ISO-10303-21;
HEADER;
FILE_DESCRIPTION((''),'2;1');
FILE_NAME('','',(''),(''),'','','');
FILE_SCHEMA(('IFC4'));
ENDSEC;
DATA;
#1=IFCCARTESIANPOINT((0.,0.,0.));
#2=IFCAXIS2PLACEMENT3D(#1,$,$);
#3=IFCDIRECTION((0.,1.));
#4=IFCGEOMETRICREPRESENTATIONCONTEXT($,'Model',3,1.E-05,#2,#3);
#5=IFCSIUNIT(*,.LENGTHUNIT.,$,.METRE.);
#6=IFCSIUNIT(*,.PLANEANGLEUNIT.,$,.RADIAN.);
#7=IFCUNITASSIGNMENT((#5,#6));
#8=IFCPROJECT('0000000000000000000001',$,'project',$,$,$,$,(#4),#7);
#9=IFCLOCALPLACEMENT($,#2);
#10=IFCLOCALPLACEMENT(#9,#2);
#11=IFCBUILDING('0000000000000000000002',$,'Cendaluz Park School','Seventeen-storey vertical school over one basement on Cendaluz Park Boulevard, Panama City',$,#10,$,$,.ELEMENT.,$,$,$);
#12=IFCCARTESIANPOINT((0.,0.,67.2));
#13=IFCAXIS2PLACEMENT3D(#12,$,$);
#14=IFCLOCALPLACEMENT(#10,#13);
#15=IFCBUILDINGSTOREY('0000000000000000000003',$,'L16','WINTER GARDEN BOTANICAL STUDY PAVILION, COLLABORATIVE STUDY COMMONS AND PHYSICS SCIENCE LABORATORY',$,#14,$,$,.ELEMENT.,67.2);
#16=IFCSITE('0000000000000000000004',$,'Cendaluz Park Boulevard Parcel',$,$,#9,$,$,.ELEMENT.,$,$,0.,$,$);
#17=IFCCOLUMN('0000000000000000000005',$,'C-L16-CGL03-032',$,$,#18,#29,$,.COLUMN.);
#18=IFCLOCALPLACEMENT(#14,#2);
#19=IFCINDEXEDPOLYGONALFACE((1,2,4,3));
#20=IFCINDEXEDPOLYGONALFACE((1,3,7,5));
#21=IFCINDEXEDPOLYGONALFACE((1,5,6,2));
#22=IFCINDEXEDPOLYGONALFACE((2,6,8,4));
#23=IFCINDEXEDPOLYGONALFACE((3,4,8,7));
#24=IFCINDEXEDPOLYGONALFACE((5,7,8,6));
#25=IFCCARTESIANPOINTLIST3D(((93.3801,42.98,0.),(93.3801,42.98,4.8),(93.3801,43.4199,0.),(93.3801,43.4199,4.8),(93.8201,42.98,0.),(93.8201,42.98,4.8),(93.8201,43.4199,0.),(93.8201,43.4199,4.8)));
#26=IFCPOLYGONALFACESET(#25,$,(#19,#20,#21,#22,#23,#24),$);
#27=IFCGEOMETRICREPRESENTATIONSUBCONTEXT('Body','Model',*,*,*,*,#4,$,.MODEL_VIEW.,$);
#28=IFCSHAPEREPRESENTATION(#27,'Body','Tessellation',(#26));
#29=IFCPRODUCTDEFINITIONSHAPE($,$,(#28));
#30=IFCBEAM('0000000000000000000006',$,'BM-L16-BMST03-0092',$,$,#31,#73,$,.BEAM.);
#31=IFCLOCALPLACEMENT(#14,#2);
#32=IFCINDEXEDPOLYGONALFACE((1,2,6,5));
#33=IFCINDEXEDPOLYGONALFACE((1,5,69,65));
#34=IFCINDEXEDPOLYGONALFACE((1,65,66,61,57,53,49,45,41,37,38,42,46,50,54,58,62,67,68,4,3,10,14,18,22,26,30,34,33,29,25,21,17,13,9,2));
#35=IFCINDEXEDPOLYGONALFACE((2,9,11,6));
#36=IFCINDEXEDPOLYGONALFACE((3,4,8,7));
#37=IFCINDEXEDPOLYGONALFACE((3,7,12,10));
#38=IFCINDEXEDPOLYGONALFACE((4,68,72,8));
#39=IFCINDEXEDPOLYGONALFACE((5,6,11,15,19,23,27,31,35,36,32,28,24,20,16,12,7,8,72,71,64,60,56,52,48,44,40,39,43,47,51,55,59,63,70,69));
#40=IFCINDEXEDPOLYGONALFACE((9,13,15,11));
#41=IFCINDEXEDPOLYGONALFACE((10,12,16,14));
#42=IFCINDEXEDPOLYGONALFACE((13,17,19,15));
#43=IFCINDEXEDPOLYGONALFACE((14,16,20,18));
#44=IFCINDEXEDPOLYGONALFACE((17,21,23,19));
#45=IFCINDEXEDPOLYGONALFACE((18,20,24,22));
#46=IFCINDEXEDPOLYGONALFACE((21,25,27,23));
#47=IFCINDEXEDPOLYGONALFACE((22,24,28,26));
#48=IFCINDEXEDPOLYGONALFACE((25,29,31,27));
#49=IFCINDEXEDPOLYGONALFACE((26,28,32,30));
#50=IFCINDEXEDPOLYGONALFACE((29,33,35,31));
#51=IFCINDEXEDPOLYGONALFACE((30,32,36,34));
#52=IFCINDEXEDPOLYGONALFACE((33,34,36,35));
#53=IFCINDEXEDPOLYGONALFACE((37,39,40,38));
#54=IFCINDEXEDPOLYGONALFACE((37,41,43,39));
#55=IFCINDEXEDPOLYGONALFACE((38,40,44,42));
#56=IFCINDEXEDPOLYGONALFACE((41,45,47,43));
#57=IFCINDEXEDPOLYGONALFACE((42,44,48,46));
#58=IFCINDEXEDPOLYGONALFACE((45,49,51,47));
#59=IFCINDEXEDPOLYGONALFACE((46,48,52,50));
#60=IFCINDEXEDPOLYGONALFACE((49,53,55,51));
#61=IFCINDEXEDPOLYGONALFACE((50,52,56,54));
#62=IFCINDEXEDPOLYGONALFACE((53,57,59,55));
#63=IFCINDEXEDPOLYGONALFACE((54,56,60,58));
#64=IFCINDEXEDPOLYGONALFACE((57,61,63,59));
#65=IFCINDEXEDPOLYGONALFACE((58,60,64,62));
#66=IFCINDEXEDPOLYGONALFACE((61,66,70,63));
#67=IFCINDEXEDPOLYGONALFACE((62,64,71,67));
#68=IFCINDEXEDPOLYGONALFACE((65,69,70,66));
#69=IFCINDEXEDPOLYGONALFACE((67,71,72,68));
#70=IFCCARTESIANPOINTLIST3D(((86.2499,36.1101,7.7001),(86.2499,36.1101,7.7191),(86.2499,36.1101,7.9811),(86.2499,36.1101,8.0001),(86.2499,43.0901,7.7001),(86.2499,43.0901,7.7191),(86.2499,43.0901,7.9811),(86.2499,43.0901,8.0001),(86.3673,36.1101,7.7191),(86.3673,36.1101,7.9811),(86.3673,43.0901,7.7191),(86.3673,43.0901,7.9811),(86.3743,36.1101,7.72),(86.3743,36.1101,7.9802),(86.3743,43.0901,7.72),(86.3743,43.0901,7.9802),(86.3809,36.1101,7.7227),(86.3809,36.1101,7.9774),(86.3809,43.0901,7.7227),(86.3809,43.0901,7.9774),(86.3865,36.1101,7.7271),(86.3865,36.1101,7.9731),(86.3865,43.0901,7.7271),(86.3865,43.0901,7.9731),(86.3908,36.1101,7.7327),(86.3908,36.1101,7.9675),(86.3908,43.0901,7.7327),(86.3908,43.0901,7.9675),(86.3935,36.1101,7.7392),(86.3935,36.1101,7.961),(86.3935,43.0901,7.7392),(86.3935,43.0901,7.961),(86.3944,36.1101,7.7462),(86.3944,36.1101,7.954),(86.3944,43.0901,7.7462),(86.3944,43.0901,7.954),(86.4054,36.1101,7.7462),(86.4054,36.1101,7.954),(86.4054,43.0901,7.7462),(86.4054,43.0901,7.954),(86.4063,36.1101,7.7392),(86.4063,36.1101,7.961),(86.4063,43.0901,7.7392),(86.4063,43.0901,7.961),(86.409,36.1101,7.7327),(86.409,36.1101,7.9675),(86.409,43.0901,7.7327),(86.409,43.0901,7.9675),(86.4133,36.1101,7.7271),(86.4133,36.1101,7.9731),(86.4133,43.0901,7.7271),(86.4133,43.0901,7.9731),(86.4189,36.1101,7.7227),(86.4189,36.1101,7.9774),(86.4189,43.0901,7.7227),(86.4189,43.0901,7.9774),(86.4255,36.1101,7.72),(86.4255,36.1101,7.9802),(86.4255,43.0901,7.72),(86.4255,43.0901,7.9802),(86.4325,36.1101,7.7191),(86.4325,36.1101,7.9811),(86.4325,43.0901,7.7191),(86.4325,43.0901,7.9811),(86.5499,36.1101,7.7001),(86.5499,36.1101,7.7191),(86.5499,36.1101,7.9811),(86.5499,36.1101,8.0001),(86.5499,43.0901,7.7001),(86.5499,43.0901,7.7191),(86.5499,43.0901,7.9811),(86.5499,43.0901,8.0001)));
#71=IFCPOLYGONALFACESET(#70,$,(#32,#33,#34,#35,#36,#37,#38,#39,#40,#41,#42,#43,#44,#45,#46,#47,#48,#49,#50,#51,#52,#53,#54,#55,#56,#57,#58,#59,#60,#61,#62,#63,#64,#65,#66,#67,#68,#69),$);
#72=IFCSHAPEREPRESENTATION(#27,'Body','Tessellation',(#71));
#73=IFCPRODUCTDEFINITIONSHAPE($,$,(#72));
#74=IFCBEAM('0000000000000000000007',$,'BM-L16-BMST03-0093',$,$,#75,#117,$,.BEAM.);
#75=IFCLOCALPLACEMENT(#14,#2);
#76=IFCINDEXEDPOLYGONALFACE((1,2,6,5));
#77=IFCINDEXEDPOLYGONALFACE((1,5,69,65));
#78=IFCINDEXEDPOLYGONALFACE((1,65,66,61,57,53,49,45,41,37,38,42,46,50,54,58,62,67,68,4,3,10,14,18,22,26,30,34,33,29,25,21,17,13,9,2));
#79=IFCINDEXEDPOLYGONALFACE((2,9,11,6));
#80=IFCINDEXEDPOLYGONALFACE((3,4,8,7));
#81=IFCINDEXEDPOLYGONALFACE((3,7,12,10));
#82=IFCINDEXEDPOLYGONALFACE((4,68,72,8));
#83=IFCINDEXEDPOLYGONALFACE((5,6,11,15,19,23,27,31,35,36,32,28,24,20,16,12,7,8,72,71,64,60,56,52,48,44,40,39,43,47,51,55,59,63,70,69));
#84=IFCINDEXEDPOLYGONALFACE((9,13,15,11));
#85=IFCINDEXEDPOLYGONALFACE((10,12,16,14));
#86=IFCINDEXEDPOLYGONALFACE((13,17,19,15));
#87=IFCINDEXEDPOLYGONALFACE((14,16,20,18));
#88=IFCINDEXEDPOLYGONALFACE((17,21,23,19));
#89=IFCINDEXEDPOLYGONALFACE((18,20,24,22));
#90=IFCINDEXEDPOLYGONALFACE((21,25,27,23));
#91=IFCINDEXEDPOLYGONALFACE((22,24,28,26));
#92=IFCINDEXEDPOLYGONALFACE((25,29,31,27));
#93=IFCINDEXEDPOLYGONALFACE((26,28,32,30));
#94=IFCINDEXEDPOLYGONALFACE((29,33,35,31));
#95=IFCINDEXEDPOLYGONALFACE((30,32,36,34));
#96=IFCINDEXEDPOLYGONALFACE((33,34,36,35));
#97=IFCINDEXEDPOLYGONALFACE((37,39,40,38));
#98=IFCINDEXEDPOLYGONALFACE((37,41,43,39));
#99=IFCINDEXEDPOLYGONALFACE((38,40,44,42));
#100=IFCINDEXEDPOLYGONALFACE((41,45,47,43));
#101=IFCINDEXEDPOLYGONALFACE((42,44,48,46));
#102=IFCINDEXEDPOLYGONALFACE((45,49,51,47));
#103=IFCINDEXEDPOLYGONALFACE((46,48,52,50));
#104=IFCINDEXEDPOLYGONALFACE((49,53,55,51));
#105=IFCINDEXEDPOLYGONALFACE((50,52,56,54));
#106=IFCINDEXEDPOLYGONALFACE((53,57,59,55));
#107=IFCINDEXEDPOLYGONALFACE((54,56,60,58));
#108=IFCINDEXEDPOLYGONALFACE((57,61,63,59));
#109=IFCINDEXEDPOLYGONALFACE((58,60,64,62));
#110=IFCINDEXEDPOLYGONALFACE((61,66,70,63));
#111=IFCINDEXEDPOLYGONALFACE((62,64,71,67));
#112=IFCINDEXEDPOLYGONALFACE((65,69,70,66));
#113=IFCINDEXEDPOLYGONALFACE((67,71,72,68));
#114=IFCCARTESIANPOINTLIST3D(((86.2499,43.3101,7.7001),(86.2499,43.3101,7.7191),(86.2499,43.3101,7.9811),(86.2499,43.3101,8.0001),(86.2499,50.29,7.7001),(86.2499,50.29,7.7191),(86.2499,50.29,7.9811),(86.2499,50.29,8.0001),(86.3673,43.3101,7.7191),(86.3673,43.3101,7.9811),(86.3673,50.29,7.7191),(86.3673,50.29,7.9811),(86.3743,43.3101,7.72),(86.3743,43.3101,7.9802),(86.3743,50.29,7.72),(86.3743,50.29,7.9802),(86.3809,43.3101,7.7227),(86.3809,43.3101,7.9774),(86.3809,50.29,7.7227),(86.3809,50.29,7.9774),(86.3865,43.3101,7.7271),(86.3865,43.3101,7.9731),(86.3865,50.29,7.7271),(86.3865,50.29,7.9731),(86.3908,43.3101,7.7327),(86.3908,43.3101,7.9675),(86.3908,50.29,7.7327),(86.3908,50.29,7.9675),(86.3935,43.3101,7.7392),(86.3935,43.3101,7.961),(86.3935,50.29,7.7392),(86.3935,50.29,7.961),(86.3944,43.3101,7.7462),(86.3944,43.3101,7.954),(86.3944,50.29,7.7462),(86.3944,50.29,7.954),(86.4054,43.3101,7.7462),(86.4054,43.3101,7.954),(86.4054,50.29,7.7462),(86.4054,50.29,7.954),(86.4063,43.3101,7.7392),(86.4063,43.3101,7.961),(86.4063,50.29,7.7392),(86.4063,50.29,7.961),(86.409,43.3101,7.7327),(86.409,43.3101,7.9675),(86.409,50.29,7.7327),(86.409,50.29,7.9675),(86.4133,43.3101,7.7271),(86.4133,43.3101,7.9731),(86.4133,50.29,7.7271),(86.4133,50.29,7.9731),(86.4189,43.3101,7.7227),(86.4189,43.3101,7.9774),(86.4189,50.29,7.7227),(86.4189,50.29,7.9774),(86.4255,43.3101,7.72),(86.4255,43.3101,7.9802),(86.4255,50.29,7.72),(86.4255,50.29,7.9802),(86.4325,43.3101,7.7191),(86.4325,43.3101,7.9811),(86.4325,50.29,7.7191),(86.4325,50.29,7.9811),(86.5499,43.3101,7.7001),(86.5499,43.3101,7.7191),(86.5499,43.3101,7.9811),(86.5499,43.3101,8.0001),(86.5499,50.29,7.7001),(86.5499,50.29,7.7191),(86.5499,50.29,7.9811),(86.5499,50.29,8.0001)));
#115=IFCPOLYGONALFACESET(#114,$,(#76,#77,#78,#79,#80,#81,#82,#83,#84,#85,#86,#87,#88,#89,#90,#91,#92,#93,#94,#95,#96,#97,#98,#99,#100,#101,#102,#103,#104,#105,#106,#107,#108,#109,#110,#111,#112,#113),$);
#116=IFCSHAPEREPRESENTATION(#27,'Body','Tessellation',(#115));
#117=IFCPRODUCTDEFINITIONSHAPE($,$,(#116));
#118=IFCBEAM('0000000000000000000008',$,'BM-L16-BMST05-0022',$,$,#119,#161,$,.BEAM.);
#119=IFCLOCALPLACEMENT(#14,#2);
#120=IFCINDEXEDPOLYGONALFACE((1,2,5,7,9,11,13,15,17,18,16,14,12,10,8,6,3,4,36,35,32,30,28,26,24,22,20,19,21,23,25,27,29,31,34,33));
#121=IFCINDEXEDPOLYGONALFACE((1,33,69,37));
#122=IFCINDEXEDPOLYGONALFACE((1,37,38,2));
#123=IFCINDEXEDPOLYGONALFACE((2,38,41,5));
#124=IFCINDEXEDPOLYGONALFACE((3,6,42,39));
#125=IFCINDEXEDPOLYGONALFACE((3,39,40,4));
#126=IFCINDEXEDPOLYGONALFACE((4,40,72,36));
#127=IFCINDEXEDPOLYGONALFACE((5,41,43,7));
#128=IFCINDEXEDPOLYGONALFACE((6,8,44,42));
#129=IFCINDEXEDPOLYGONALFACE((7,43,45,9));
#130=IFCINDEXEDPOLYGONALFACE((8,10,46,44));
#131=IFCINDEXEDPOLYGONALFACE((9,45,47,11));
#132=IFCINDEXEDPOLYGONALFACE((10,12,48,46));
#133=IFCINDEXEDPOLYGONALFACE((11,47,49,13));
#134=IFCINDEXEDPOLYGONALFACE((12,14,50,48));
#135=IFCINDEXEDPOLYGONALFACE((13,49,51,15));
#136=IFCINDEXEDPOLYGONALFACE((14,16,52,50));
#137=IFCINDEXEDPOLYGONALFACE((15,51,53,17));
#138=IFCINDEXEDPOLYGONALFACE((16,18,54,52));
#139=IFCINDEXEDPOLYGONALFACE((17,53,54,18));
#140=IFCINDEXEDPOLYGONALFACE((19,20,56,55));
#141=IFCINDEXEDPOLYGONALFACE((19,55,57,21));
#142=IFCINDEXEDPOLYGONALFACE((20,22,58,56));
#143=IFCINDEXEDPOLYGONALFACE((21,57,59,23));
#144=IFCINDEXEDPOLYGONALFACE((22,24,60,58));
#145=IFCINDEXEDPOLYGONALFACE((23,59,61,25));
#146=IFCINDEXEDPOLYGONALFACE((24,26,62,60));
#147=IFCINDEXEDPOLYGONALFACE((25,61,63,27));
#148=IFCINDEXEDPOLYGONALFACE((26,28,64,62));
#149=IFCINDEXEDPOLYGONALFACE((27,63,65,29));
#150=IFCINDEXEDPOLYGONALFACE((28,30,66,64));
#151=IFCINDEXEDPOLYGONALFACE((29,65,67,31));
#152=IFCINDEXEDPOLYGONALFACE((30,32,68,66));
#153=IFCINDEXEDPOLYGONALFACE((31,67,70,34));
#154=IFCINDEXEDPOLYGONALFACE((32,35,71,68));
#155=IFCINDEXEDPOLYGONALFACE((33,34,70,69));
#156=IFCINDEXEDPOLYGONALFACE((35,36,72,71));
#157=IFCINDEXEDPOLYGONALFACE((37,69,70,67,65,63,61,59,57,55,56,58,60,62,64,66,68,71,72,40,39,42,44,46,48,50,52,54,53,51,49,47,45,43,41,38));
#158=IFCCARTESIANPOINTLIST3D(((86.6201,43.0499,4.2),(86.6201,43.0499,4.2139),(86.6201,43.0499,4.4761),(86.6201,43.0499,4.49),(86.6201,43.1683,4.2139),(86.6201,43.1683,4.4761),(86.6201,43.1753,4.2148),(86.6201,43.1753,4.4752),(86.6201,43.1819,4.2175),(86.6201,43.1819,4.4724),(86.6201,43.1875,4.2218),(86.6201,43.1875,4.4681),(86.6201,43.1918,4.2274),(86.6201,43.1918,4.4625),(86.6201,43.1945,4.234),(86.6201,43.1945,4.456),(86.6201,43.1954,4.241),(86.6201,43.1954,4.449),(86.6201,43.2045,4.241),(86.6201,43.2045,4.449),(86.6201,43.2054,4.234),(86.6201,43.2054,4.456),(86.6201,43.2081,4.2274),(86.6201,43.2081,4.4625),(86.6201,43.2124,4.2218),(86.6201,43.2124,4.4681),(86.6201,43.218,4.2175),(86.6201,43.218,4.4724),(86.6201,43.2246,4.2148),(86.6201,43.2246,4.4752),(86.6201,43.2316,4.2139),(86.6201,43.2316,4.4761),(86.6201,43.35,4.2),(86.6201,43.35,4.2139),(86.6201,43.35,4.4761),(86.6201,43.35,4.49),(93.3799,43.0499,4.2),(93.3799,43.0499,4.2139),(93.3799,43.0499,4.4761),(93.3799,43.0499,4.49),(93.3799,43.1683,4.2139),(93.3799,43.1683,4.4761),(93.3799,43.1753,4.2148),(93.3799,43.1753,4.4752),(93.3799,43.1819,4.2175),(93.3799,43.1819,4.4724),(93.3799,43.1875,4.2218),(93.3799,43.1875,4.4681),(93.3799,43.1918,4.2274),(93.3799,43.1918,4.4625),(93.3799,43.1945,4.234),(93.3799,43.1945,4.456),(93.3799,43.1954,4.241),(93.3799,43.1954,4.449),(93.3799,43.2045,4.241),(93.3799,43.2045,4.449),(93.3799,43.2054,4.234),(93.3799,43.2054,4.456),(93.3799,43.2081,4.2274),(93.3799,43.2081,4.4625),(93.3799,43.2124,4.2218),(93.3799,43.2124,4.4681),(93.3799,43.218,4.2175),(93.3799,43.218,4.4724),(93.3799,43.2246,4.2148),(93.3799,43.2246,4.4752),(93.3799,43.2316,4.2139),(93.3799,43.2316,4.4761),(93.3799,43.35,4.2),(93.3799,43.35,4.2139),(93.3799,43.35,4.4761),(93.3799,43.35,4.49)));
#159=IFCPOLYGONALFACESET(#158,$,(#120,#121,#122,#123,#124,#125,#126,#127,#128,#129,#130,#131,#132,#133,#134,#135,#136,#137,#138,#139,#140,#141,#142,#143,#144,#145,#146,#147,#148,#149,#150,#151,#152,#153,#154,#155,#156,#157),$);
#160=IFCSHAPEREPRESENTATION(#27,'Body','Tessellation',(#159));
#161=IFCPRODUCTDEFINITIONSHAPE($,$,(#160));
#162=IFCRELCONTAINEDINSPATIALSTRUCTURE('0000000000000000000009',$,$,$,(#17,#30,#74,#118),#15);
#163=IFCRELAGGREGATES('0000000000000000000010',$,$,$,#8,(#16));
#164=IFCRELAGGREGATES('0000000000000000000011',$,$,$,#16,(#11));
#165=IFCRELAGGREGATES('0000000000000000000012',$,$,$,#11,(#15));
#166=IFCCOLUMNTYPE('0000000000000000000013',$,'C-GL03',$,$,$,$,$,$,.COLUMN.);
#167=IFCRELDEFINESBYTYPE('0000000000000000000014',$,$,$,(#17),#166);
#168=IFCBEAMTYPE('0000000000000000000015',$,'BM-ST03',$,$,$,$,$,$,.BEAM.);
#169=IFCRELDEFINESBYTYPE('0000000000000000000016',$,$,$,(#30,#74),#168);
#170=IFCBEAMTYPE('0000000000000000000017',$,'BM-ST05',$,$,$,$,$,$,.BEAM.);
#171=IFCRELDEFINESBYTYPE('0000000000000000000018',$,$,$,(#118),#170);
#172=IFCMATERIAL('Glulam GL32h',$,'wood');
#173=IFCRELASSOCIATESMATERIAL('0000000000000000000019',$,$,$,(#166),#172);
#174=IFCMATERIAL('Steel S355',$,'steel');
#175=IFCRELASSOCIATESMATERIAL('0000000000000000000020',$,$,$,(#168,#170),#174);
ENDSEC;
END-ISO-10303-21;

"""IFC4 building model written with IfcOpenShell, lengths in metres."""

from ifc_helpers import new_model, si_unit, direction, frame, origin, origin_2d, place, context, subcontext, project, spatial, rectangle, i_section, extrude, material, material_profile, profile_set, type_object, element, save


model = new_model("IFC4")

# Units and contexts
model_context = context("Model", 3, precision=1e-05, world=origin(), true_north=direction((0.0, 1.0)))
body_context = subcontext(model_context, "Body", "Model", "MODEL_VIEW")
ifc_project = project(units=[si_unit("LENGTHUNIT", "METRE"), si_unit("PLANEANGLEUNIT", "RADIAN")], contexts=[model_context])

# Site, building, storey
site_placement = place(None, origin())
site = spatial("IfcSite", under=ifc_project, at=site_placement, Name="Cendaluz Park Boulevard Parcel", CompositionType="ELEMENT", RefElevation=0.0)
building_placement = place(site_placement, origin())
building = spatial("IfcBuilding", under=site, at=building_placement, Name="Cendaluz Park School", Description="Seventeen-storey vertical school over one basement on Cendaluz Park Boulevard, Panama City", CompositionType="ELEMENT")
storey_placement = place(building_placement, frame((0.0, 0.0, 67.2)))
storey = spatial("IfcBuildingStorey", under=building, at=storey_placement, Name="L16", Description="WINTER GARDEN BOTANICAL STUDY PAVILION, COLLABORATIVE STUDY COMMONS AND PHYSICS SCIENCE LABORATORY", CompositionType="ELEMENT", Elevation=67.2)

# Column
ifc_material_1 = material(Name="Glulam GL32h", Category="wood")
ifc_material_profile_1 = material_profile(ifc_material_1, rectangle(XDim=0.4399, YDim=0.4399, at=origin_2d()), Name="GL32h 440x440", Category="wood")
ifc_profile_set_1 = profile_set([ifc_material_profile_1], Name="Glulam GL32h")
column_type = type_object("IfcColumnType", Name="C-GL03", PredefinedType="COLUMN", material=ifc_profile_set_1)
column_placement = place(storey_placement, frame((93.6001, 43.2, 0.0), z_axis=(0.0, 0.0, 1.0), x_axis=(1.0, 0.0, 0.0)))
element("IfcColumn", 1, at=column_placement, inside=storey, type_object=column_type, Name="C-L16-CGL03-032", PredefinedType="COLUMN", context=body_context, shape_type="SweptSolid", body=[
    extrude(rectangle(XDim=0.4399, YDim=0.4399, at=origin_2d()), origin(), (0.0, 0.0, 1.0), 4.8),
])

# Beams
ifc_material_2 = material(Name="Steel S355", Category="steel")
ifc_material_profile_2 = material_profile(ifc_material_2, i_section(OverallWidth=0.3, OverallDepth=0.3, WebThickness=0.011, FlangeThickness=0.019, FilletRadius=0.0271, at=origin_2d()), Name="HEB 300", Category="steel")
ifc_profile_set_2 = profile_set([ifc_material_profile_2], Name="Steel S355")
beam_type_1 = type_object("IfcBeamType", Name="BM-ST03", PredefinedType="BEAM", material=ifc_profile_set_2)
for number, where, z_axis, x_axis, name in (
    (2, (86.3999, 36.1101, 7.8501), (0.0, 1.0, 0.0), (-1.0, 0.0, 0.0), "BM-L16-BMST03-0092"),
    (3, (86.3999, 43.3101, 7.8501), (0.0, 1.0, 0.0), (-1.0, 0.0, 0.0), "BM-L16-BMST03-0093"),
):
    element("IfcBeam", number, at=place(storey_placement, frame(where, z_axis=z_axis, x_axis=x_axis)), inside=storey, type_object=beam_type_1, Name=name, PredefinedType="BEAM", context=body_context, shape_type="SweptSolid", body=[
        extrude(i_section(OverallWidth=0.3, OverallDepth=0.3, WebThickness=0.011, FlangeThickness=0.019, FilletRadius=0.0271, at=origin_2d()), origin(), (0.0, 0.0, 1.0), 6.98),
    ])
ifc_material_profile_3 = material_profile(ifc_material_2, i_section(OverallWidth=0.3, OverallDepth=0.29, WebThickness=0.009, FlangeThickness=0.0139, FilletRadius=0.0271, at=origin_2d()), Name="HEA 300", Category="steel")
ifc_profile_set_3 = profile_set([ifc_material_profile_3], Name="Steel S355")
beam_type_2 = type_object("IfcBeamType", Name="BM-ST05", PredefinedType="BEAM", material=ifc_profile_set_3)
beam_1_placement = place(storey_placement, frame((86.6201, 43.2, 4.345), z_axis=(1.0, 0.0, 0.0), x_axis=(0.0, 1.0, 0.0)))
element("IfcBeam", 4, at=beam_1_placement, inside=storey, type_object=beam_type_2, Name="BM-L16-BMST05-0022", PredefinedType="BEAM", context=body_context, shape_type="SweptSolid", body=[
    extrude(i_section(OverallWidth=0.3, OverallDepth=0.29, WebThickness=0.009, FlangeThickness=0.0139, FilletRadius=0.0271, at=origin_2d()), origin(), (0.0, 0.0, 1.0), 6.7598),
])

save(model, "model.ifc")
